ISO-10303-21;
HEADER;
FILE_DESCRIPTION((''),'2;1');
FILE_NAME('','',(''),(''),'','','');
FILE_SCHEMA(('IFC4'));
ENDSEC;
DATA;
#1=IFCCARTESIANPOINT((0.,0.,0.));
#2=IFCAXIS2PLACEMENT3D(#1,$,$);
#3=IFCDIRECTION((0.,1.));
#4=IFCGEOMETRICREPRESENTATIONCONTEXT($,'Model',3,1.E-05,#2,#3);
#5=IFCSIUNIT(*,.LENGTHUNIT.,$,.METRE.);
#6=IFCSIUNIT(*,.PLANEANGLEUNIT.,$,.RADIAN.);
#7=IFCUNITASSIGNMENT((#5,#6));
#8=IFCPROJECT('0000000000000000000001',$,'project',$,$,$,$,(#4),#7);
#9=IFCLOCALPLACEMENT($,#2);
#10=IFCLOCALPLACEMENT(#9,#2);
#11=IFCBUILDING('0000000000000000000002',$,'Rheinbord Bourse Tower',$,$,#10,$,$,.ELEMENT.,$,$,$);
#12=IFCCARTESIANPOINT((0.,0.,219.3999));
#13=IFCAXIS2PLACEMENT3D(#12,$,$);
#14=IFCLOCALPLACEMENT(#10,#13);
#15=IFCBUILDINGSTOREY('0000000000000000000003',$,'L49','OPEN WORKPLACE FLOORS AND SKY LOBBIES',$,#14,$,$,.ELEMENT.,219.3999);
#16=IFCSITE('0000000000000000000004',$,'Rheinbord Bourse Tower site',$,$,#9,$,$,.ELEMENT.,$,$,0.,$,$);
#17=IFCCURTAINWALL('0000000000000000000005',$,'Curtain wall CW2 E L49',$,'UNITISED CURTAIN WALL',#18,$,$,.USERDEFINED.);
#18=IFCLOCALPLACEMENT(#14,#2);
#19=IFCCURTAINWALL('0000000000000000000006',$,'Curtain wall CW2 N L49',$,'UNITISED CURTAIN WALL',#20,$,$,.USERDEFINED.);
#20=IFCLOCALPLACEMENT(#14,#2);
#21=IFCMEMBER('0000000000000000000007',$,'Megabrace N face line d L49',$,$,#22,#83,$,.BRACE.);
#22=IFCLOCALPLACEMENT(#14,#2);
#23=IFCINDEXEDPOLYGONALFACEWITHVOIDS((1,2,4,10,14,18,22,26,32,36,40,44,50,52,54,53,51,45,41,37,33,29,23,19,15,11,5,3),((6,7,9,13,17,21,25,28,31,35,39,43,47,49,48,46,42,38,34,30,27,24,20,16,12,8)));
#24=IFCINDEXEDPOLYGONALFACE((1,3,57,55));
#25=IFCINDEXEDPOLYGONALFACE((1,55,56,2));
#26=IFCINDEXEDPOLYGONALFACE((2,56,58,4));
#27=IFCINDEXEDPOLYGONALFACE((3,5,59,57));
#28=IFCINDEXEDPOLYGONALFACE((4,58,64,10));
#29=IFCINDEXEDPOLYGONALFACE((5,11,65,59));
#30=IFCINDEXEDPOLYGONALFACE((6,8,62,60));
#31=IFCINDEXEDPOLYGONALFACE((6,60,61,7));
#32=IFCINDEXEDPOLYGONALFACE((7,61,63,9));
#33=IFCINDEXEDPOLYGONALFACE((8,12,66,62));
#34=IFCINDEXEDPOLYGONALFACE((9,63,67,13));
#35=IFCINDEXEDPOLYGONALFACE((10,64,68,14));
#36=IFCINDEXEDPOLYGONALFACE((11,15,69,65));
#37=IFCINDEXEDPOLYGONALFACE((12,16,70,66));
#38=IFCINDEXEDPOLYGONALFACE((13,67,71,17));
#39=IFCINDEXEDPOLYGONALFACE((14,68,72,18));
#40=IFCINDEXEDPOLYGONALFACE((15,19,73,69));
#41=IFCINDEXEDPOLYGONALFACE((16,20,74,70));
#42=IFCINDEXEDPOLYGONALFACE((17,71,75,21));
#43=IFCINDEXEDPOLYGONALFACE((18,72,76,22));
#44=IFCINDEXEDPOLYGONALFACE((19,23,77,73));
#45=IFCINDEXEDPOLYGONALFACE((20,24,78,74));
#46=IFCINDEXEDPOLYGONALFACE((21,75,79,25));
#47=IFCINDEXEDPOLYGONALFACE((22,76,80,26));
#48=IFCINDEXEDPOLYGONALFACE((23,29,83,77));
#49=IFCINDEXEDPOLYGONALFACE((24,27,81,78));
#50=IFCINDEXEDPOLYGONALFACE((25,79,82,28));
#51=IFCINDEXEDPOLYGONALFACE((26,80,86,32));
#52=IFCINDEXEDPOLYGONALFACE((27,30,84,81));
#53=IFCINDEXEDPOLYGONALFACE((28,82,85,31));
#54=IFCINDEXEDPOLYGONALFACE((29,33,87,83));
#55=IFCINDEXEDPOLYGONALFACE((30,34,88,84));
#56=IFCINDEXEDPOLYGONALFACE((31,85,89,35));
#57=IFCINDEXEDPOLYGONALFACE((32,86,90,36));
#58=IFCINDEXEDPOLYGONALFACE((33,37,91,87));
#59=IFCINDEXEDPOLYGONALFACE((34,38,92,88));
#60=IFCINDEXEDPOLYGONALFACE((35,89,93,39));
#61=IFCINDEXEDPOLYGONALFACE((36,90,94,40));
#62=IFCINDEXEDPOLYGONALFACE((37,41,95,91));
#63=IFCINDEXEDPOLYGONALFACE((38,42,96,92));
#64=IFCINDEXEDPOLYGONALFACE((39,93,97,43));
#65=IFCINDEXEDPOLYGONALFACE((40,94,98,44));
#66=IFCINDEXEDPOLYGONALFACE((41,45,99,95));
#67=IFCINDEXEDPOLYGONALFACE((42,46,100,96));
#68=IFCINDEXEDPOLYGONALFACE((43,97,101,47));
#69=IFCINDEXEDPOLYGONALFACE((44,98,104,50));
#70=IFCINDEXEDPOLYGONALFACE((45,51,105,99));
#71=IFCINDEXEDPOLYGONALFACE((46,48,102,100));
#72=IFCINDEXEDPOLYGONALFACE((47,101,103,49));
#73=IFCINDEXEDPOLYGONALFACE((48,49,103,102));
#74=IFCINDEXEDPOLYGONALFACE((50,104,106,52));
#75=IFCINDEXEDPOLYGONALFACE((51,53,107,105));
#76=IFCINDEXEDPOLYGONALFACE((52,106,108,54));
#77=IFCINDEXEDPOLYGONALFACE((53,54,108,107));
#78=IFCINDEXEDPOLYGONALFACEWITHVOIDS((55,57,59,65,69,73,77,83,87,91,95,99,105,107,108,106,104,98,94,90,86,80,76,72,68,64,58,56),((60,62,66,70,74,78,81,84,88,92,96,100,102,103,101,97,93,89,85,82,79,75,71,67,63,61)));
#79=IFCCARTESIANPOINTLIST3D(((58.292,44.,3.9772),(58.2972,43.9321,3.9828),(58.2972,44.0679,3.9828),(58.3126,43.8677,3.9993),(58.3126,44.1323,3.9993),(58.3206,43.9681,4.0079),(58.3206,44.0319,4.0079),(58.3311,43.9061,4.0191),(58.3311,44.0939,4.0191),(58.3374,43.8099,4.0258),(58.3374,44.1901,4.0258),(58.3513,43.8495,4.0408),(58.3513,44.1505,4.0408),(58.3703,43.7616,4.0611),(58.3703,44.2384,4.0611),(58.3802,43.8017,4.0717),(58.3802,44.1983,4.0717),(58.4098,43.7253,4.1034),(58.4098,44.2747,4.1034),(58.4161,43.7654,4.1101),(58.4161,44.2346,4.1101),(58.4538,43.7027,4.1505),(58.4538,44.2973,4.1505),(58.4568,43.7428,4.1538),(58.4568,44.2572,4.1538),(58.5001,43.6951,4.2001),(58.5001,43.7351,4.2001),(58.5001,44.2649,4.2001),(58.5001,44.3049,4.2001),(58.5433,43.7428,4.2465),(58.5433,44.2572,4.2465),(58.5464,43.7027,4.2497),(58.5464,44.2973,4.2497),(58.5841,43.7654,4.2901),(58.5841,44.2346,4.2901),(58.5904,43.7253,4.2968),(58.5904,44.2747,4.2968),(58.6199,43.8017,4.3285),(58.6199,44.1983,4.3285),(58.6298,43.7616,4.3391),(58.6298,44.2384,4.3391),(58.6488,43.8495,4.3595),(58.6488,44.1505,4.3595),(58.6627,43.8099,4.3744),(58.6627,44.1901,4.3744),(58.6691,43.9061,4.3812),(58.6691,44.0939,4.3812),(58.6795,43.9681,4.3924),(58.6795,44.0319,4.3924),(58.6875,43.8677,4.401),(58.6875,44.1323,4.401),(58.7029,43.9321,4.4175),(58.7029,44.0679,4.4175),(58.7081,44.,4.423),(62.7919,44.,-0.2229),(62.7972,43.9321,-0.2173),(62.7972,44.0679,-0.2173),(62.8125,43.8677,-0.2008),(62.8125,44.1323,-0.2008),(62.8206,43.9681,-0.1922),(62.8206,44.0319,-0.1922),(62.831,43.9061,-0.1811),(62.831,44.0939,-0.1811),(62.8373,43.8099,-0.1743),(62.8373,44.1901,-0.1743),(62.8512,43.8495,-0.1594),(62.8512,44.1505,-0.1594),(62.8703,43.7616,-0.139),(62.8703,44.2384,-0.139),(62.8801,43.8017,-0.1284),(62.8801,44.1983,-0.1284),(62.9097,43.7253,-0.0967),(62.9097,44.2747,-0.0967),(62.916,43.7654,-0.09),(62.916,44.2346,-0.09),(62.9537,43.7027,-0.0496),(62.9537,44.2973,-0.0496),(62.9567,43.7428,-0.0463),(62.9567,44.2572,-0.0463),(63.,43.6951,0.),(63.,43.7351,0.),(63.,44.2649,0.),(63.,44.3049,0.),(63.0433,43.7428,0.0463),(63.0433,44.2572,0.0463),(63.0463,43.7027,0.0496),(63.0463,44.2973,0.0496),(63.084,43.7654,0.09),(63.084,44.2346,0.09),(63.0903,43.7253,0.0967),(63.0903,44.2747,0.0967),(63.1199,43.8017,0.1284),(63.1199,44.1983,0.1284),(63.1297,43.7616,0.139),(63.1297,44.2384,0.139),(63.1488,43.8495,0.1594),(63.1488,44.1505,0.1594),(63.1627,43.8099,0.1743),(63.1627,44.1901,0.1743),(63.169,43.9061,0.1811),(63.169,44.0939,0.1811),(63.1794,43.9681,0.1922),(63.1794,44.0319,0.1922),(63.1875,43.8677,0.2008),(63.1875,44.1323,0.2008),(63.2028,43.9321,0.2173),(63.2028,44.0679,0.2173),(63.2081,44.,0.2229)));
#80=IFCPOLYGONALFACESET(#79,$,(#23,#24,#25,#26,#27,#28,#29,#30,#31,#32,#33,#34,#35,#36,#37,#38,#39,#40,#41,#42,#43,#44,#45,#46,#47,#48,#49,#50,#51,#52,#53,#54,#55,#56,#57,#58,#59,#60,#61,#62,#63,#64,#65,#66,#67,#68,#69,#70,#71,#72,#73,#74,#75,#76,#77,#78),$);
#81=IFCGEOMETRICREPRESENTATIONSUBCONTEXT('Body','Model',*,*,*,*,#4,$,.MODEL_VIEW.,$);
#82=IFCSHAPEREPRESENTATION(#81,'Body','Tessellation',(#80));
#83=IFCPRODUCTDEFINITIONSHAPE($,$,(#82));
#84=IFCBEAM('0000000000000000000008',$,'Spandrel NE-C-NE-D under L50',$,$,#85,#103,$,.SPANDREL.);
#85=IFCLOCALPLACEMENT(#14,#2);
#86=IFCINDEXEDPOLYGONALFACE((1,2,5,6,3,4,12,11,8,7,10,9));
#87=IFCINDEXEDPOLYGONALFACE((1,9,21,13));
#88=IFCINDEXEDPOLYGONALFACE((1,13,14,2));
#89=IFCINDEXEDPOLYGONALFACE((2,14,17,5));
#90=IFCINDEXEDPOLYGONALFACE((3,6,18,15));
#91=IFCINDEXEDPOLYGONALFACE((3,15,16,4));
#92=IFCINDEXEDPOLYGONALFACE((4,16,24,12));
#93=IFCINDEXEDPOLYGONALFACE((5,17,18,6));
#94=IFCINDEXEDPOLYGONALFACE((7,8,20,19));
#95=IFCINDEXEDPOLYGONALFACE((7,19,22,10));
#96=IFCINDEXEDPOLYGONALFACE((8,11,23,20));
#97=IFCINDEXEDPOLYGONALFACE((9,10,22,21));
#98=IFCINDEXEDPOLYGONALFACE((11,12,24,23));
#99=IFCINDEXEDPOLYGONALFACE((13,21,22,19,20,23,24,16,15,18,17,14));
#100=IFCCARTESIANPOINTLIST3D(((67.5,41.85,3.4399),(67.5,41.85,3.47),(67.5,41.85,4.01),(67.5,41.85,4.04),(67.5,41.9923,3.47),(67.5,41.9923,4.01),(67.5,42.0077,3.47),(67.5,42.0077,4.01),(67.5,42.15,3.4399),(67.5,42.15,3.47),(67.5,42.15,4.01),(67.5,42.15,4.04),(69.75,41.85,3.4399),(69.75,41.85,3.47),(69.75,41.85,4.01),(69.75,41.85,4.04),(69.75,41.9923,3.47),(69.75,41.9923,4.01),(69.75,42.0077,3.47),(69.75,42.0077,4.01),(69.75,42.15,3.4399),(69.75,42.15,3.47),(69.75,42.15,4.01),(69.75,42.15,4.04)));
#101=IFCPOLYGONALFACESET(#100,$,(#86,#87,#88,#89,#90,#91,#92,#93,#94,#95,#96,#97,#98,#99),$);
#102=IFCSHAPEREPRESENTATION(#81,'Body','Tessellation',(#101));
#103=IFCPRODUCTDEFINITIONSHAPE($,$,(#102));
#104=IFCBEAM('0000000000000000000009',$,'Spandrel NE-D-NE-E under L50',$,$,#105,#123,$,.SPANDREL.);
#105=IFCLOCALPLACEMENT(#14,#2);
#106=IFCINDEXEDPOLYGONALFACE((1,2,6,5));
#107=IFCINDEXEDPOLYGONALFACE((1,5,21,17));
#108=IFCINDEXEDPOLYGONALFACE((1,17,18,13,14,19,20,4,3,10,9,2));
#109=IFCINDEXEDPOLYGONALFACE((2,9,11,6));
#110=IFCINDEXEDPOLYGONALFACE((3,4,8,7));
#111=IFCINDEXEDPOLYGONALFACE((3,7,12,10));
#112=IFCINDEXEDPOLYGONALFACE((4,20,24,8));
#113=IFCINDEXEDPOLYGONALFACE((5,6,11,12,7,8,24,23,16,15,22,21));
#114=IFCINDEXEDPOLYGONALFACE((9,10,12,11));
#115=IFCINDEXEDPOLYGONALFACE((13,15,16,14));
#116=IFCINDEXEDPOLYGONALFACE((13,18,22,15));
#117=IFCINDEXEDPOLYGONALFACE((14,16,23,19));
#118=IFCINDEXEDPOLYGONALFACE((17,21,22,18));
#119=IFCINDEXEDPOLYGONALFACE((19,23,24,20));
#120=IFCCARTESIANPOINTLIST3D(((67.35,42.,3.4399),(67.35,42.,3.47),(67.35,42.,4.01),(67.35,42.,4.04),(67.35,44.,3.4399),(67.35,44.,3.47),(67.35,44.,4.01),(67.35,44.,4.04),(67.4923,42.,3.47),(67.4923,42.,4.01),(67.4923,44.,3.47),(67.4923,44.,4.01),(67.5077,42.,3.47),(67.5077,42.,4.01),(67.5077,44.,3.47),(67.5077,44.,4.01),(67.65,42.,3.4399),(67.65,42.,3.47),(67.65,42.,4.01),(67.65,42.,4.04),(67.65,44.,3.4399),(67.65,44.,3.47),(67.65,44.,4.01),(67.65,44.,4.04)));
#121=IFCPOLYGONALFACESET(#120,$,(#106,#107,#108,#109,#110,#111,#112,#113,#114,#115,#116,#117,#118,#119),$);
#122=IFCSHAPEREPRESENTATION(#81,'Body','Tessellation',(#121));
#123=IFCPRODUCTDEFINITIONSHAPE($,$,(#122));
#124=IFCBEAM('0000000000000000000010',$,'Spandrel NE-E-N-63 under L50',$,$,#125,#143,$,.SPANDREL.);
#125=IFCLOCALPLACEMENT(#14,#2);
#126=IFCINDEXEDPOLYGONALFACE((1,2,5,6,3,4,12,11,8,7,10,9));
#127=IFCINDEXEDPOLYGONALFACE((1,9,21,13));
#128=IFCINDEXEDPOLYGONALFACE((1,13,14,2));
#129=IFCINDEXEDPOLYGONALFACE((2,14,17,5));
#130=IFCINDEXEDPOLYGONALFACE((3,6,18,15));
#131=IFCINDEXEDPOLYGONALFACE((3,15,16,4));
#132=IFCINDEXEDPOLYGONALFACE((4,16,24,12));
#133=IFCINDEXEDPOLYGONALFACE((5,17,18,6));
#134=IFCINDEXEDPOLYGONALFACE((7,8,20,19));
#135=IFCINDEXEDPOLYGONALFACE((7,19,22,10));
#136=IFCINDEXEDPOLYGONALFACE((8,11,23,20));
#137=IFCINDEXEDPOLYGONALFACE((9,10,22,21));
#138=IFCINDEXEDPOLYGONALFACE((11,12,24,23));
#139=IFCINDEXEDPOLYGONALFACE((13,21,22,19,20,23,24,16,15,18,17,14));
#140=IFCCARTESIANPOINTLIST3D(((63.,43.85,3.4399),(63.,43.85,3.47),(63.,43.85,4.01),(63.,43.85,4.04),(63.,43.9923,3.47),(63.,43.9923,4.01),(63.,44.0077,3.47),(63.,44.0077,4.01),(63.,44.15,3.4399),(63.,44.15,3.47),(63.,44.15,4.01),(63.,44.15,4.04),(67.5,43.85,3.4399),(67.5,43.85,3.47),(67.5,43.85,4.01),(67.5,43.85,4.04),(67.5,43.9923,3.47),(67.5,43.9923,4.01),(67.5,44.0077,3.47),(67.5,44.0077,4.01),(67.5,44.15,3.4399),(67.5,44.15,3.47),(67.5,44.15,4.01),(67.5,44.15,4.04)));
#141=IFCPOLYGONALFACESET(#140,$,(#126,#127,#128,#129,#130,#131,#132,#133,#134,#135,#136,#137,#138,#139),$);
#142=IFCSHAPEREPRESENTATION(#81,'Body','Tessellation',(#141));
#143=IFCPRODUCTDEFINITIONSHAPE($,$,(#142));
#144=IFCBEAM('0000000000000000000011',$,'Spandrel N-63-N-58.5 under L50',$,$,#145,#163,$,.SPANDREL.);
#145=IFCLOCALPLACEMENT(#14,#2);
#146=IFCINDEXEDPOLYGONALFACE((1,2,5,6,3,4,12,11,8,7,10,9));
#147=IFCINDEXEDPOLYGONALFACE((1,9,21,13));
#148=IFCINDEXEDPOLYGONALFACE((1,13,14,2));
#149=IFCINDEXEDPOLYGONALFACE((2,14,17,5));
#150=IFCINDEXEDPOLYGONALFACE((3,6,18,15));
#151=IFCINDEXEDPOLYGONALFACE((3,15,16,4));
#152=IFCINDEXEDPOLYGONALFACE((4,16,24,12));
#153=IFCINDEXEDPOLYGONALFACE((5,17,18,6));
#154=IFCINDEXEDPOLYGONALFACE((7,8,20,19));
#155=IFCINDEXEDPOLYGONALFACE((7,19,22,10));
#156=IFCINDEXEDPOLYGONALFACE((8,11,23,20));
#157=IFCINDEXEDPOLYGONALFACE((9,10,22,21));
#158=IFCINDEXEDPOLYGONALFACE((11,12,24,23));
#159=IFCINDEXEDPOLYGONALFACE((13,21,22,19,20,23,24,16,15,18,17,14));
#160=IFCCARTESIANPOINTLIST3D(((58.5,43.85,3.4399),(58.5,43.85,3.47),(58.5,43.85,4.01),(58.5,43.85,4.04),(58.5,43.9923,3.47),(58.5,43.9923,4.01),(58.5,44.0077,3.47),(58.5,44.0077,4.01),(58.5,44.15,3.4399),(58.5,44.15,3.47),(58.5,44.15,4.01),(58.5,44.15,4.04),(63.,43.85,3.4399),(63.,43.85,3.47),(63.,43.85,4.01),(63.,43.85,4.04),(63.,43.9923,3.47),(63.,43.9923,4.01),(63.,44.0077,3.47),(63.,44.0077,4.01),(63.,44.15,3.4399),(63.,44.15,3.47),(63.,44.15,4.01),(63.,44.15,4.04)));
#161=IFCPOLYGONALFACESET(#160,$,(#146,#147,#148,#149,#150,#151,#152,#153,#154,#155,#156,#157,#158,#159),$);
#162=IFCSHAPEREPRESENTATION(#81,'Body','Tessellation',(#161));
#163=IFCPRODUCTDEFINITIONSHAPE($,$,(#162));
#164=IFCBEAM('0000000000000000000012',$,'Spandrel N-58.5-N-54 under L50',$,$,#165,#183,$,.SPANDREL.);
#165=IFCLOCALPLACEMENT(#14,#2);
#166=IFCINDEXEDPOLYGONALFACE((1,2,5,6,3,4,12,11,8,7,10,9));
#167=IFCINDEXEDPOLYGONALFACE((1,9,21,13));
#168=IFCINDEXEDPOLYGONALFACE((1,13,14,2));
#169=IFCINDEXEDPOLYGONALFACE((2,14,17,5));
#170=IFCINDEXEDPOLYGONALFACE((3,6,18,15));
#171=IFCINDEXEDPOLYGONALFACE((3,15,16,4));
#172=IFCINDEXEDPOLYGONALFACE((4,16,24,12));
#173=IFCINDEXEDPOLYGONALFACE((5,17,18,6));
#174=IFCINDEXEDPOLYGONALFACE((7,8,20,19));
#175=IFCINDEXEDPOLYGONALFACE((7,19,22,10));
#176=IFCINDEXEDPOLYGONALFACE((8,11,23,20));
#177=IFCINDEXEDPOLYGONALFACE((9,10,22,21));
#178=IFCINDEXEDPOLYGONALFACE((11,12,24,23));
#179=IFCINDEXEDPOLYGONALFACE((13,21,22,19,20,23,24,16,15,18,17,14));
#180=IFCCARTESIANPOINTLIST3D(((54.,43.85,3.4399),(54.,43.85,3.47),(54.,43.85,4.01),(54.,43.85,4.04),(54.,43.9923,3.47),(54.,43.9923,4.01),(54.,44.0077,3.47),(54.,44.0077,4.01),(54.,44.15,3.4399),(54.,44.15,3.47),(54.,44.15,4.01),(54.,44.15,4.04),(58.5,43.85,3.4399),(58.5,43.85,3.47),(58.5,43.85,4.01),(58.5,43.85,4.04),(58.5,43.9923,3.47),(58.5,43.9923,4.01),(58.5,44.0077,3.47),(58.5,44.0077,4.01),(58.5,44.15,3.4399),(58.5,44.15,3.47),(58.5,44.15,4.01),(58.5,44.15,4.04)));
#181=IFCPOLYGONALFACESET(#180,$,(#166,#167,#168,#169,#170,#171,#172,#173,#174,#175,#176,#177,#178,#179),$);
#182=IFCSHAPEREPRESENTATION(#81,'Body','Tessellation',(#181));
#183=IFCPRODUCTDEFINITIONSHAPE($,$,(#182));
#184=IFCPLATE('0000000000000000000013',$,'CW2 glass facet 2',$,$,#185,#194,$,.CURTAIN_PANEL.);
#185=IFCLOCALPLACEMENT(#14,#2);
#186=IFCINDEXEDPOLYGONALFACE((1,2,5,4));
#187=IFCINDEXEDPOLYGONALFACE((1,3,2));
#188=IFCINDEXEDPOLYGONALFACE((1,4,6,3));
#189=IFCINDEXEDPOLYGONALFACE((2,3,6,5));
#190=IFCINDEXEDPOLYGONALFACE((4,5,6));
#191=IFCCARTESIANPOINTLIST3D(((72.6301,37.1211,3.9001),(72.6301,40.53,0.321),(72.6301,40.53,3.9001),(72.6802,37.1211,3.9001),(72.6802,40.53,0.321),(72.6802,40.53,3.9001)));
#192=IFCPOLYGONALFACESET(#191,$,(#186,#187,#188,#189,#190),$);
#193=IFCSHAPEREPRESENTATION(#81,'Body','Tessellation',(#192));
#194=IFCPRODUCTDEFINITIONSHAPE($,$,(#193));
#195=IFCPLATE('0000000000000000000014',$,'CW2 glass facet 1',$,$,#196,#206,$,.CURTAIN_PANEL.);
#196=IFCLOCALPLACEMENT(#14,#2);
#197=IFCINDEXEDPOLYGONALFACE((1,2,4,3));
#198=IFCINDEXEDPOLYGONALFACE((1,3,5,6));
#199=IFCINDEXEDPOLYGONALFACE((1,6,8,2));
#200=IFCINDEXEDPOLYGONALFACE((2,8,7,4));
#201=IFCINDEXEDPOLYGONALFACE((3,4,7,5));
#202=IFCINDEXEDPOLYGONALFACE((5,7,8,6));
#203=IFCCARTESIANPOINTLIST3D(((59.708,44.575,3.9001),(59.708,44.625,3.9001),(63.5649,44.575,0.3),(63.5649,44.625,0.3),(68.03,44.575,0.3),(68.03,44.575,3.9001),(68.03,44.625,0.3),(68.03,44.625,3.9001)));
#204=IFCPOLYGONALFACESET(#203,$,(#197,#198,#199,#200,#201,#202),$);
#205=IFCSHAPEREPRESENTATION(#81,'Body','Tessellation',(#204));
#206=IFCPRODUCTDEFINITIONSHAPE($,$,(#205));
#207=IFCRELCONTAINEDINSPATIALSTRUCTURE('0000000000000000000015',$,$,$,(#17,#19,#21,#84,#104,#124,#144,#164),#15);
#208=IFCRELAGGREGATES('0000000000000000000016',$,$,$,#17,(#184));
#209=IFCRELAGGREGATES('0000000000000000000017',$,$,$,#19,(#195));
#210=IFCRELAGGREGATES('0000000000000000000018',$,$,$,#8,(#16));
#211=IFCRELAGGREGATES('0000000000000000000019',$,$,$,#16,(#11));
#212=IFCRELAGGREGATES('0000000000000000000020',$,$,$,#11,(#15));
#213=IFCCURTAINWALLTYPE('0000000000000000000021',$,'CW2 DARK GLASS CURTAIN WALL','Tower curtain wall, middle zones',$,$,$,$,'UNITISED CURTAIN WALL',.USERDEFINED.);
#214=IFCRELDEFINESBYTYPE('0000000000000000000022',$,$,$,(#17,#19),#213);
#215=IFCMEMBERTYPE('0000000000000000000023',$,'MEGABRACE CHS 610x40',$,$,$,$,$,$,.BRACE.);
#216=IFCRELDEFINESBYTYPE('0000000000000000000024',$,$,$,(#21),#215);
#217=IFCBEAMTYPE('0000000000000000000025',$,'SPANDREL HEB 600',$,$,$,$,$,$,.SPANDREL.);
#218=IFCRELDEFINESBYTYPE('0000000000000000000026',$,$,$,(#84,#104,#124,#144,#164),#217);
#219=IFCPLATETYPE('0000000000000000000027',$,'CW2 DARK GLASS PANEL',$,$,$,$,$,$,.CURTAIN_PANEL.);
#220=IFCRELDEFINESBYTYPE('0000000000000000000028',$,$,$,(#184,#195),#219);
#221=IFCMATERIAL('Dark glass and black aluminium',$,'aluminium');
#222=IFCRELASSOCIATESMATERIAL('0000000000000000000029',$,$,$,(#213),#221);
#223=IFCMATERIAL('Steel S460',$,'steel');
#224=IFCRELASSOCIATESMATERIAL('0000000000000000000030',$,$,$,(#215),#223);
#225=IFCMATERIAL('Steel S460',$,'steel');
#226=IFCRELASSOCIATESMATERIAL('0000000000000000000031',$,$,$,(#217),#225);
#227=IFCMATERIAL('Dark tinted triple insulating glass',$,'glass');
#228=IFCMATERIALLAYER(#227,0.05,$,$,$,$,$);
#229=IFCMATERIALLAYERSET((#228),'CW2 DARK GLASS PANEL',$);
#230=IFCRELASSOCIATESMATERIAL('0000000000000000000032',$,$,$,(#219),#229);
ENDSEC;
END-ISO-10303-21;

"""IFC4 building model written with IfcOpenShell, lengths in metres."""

from ifc_helpers import new_model, si_unit, direction, frame, origin, origin_2d, place, context, subcontext, project, spatial, polyline, hollow_circle, i_section, outline, extrude, material, layer, layer_set, material_profile, profile_set, type_object, element, aggregate, save


model = new_model("IFC4")

# Units and contexts
model_context = context("Model", 3, precision=1e-05, world=origin(), true_north=direction((0.0, 1.0)))
body_context = subcontext(model_context, "Body", "Model", "MODEL_VIEW")
ifc_project = project(units=[si_unit("LENGTHUNIT", "METRE"), si_unit("PLANEANGLEUNIT", "RADIAN")], contexts=[model_context])

# Site, building, storey
site_placement = place(None, origin())
site = spatial("IfcSite", under=ifc_project, at=site_placement, Name="Rheinbord Bourse Tower site", CompositionType="ELEMENT", RefElevation=0.0)
building_placement = place(site_placement, origin())
building = spatial("IfcBuilding", under=site, at=building_placement, Name="Rheinbord Bourse Tower", CompositionType="ELEMENT")
storey_placement = place(building_placement, frame((0.0, 0.0, 219.3999)))
storey = spatial("IfcBuildingStorey", under=building, at=storey_placement, Name="L49", Description="OPEN WORKPLACE FLOORS AND SKY LOBBIES", CompositionType="ELEMENT", Elevation=219.3999)

# Curtain walls
ifc_material_1 = material(Name="Dark glass and black aluminium", Category="aluminium")
curtain_wall_type = type_object("IfcCurtainWallType", Name="CW2 DARK GLASS CURTAIN WALL", Description="Tower curtain wall, middle zones", ElementType="UNITISED CURTAIN WALL", PredefinedType="USERDEFINED", material=ifc_material_1)
curtain_wall_1_placement = place(storey_placement, origin())
curtain_wall_1 = element("IfcCurtainWall", 1, at=curtain_wall_1_placement, inside=storey, type_object=curtain_wall_type, Name="Curtain wall CW2 E L49", ObjectType="UNITISED CURTAIN WALL", PredefinedType="USERDEFINED")
curtain_wall_2_placement = place(storey_placement, origin())
curtain_wall_2 = element("IfcCurtainWall", 2, at=curtain_wall_2_placement, inside=storey, type_object=curtain_wall_type, Name="Curtain wall CW2 N L49", ObjectType="UNITISED CURTAIN WALL", PredefinedType="USERDEFINED")

# Member
ifc_material_2 = material(Name="Steel S460", Category="steel")
ifc_material_profile_1 = material_profile(ifc_material_2, hollow_circle(Radius=0.3049, WallThickness=0.04, at=origin_2d()), Name="CHS 610x40")
ifc_profile_set_1 = profile_set([ifc_material_profile_1], Name="Steel S460")
member_type_1 = type_object("IfcMemberType", Name="MEGABRACE CHS 610x40", PredefinedType="BRACE", material=ifc_profile_set_1)
member_1_placement = place(storey_placement, frame((63.0, 44.0, 0.0), z_axis=(-0.731039, 0.0, 0.682335), x_axis=(0.0, -1.0, 0.0)))
element("IfcMember", 3, at=member_1_placement, inside=storey, type_object=member_type_1, Name="Megabrace N face line d L49", PredefinedType="BRACE", context=body_context, shape_type="SweptSolid", body=[
    extrude(hollow_circle(Radius=0.3049, WallThickness=0.04, at=origin_2d()), origin(), (0.0, 0.0, 1.0), 6.1555),
])

# Beams
ifc_material_3 = material(Name="Steel S460", Category="steel")
ifc_material_profile_2 = material_profile(ifc_material_3, i_section(OverallWidth=0.3, OverallDepth=0.6001, WebThickness=0.0154, FlangeThickness=0.03, at=origin_2d()), Name="HEB 600")
ifc_profile_set_2 = profile_set([ifc_material_profile_2], Name="Steel S460")
beam_type_1 = type_object("IfcBeamType", Name="SPANDREL HEB 600", PredefinedType="SPANDREL", material=ifc_profile_set_2)
beam_1_placement = place(storey_placement, frame((69.75, 42.0, 3.74), z_axis=(-1.0, 0.0, 0.0), x_axis=(0.0, -1.0, 0.0)))
element("IfcBeam", 4, at=beam_1_placement, inside=storey, type_object=beam_type_1, Name="Spandrel NE-C-NE-D under L50", PredefinedType="SPANDREL", context=body_context, shape_type="SweptSolid", body=[
    extrude(i_section(OverallWidth=0.3, OverallDepth=0.6001, WebThickness=0.0154, FlangeThickness=0.03, at=origin_2d()), origin(), (0.0, 0.0, 1.0), 2.25),
])
beam_2_placement = place(storey_placement, frame((67.5, 42.0, 3.74), z_axis=(0.0, 1.0, 0.0), x_axis=(-1.0, 0.0, 0.0)))
element("IfcBeam", 5, at=beam_2_placement, inside=storey, type_object=beam_type_1, Name="Spandrel NE-D-NE-E under L50", PredefinedType="SPANDREL", context=body_context, shape_type="SweptSolid", body=[
    extrude(i_section(OverallWidth=0.3, OverallDepth=0.6001, WebThickness=0.0154, FlangeThickness=0.03, at=origin_2d()), origin(), (0.0, 0.0, 1.0), 2.0),
])
for number, where, z_axis, x_axis, name in (
    (6, (67.5, 44.0, 3.74), (-1.0, 0.0, 0.0), (0.0, -1.0, 0.0), "Spandrel NE-E-N-63 under L50"),
    (7, (63.0, 44.0, 3.74), (-1.0, 0.0, 0.0), (0.0, -1.0, 0.0), "Spandrel N-63-N-58.5 under L50"),
    (8, (58.5, 44.0, 3.74), (-1.0, 0.0, 0.0), (0.0, -1.0, 0.0), "Spandrel N-58.5-N-54 under L50"),
):
    element("IfcBeam", number, at=place(storey_placement, frame(where, z_axis=z_axis, x_axis=x_axis)), inside=storey, type_object=beam_type_1, Name=name, PredefinedType="SPANDREL", context=body_context, shape_type="SweptSolid", body=[
        extrude(i_section(OverallWidth=0.3, OverallDepth=0.6001, WebThickness=0.0154, FlangeThickness=0.03, at=origin_2d()), origin(), (0.0, 0.0, 1.0), 4.5),
    ])

# Plates
ifc_material_4 = material(Name="Dark tinted triple insulating glass", Category="glass")
ifc_layer_1 = layer(ifc_material_4, 0.05)
ifc_layer_set_1 = layer_set([ifc_layer_1], Name="CW2 DARK GLASS PANEL")
plate_type = type_object("IfcPlateType", Name="CW2 DARK GLASS PANEL", PredefinedType="CURTAIN_PANEL", material=ifc_layer_set_1)
plate_1_placement = place(storey_placement, frame((72.6802, 40.53, 3.9001), z_axis=(-1.0, 0.0, 0.0), x_axis=(0.0, 0.0, -1.0)))
plate_1 = element("IfcPlate", 9, at=plate_1_placement, type_object=plate_type, Name="CW2 glass facet 2", PredefinedType="CURTAIN_PANEL", context=body_context, shape_type="SweptSolid", body=[
    extrude(outline(polyline([(0.0, 0.0), (3.5791, 0.0), (0.0, 3.4089), (0.0, 0.0)])), origin(), (0.0, 0.0, 1.0), 0.05),
])
aggregate(curtain_wall_1, [plate_1])
plate_2_placement = place(storey_placement, frame((68.03, 44.625, 0.3), z_axis=(0.0, -1.0, 0.0), x_axis=(0.0, 0.0, 1.0)))
plate_2 = element("IfcPlate", 10, at=plate_2_placement, type_object=plate_type, Name="CW2 glass facet 1", PredefinedType="CURTAIN_PANEL", context=body_context, shape_type="SweptSolid", body=[
    extrude(outline(polyline([(0.0, 0.0), (3.6001, 0.0), (3.6001, 8.322), (0.0, 4.4651), (0.0, 0.0)])), origin(), (0.0, 0.0, 1.0), 0.05),
])
aggregate(curtain_wall_2, [plate_2])

save(model, "model.ifc")
